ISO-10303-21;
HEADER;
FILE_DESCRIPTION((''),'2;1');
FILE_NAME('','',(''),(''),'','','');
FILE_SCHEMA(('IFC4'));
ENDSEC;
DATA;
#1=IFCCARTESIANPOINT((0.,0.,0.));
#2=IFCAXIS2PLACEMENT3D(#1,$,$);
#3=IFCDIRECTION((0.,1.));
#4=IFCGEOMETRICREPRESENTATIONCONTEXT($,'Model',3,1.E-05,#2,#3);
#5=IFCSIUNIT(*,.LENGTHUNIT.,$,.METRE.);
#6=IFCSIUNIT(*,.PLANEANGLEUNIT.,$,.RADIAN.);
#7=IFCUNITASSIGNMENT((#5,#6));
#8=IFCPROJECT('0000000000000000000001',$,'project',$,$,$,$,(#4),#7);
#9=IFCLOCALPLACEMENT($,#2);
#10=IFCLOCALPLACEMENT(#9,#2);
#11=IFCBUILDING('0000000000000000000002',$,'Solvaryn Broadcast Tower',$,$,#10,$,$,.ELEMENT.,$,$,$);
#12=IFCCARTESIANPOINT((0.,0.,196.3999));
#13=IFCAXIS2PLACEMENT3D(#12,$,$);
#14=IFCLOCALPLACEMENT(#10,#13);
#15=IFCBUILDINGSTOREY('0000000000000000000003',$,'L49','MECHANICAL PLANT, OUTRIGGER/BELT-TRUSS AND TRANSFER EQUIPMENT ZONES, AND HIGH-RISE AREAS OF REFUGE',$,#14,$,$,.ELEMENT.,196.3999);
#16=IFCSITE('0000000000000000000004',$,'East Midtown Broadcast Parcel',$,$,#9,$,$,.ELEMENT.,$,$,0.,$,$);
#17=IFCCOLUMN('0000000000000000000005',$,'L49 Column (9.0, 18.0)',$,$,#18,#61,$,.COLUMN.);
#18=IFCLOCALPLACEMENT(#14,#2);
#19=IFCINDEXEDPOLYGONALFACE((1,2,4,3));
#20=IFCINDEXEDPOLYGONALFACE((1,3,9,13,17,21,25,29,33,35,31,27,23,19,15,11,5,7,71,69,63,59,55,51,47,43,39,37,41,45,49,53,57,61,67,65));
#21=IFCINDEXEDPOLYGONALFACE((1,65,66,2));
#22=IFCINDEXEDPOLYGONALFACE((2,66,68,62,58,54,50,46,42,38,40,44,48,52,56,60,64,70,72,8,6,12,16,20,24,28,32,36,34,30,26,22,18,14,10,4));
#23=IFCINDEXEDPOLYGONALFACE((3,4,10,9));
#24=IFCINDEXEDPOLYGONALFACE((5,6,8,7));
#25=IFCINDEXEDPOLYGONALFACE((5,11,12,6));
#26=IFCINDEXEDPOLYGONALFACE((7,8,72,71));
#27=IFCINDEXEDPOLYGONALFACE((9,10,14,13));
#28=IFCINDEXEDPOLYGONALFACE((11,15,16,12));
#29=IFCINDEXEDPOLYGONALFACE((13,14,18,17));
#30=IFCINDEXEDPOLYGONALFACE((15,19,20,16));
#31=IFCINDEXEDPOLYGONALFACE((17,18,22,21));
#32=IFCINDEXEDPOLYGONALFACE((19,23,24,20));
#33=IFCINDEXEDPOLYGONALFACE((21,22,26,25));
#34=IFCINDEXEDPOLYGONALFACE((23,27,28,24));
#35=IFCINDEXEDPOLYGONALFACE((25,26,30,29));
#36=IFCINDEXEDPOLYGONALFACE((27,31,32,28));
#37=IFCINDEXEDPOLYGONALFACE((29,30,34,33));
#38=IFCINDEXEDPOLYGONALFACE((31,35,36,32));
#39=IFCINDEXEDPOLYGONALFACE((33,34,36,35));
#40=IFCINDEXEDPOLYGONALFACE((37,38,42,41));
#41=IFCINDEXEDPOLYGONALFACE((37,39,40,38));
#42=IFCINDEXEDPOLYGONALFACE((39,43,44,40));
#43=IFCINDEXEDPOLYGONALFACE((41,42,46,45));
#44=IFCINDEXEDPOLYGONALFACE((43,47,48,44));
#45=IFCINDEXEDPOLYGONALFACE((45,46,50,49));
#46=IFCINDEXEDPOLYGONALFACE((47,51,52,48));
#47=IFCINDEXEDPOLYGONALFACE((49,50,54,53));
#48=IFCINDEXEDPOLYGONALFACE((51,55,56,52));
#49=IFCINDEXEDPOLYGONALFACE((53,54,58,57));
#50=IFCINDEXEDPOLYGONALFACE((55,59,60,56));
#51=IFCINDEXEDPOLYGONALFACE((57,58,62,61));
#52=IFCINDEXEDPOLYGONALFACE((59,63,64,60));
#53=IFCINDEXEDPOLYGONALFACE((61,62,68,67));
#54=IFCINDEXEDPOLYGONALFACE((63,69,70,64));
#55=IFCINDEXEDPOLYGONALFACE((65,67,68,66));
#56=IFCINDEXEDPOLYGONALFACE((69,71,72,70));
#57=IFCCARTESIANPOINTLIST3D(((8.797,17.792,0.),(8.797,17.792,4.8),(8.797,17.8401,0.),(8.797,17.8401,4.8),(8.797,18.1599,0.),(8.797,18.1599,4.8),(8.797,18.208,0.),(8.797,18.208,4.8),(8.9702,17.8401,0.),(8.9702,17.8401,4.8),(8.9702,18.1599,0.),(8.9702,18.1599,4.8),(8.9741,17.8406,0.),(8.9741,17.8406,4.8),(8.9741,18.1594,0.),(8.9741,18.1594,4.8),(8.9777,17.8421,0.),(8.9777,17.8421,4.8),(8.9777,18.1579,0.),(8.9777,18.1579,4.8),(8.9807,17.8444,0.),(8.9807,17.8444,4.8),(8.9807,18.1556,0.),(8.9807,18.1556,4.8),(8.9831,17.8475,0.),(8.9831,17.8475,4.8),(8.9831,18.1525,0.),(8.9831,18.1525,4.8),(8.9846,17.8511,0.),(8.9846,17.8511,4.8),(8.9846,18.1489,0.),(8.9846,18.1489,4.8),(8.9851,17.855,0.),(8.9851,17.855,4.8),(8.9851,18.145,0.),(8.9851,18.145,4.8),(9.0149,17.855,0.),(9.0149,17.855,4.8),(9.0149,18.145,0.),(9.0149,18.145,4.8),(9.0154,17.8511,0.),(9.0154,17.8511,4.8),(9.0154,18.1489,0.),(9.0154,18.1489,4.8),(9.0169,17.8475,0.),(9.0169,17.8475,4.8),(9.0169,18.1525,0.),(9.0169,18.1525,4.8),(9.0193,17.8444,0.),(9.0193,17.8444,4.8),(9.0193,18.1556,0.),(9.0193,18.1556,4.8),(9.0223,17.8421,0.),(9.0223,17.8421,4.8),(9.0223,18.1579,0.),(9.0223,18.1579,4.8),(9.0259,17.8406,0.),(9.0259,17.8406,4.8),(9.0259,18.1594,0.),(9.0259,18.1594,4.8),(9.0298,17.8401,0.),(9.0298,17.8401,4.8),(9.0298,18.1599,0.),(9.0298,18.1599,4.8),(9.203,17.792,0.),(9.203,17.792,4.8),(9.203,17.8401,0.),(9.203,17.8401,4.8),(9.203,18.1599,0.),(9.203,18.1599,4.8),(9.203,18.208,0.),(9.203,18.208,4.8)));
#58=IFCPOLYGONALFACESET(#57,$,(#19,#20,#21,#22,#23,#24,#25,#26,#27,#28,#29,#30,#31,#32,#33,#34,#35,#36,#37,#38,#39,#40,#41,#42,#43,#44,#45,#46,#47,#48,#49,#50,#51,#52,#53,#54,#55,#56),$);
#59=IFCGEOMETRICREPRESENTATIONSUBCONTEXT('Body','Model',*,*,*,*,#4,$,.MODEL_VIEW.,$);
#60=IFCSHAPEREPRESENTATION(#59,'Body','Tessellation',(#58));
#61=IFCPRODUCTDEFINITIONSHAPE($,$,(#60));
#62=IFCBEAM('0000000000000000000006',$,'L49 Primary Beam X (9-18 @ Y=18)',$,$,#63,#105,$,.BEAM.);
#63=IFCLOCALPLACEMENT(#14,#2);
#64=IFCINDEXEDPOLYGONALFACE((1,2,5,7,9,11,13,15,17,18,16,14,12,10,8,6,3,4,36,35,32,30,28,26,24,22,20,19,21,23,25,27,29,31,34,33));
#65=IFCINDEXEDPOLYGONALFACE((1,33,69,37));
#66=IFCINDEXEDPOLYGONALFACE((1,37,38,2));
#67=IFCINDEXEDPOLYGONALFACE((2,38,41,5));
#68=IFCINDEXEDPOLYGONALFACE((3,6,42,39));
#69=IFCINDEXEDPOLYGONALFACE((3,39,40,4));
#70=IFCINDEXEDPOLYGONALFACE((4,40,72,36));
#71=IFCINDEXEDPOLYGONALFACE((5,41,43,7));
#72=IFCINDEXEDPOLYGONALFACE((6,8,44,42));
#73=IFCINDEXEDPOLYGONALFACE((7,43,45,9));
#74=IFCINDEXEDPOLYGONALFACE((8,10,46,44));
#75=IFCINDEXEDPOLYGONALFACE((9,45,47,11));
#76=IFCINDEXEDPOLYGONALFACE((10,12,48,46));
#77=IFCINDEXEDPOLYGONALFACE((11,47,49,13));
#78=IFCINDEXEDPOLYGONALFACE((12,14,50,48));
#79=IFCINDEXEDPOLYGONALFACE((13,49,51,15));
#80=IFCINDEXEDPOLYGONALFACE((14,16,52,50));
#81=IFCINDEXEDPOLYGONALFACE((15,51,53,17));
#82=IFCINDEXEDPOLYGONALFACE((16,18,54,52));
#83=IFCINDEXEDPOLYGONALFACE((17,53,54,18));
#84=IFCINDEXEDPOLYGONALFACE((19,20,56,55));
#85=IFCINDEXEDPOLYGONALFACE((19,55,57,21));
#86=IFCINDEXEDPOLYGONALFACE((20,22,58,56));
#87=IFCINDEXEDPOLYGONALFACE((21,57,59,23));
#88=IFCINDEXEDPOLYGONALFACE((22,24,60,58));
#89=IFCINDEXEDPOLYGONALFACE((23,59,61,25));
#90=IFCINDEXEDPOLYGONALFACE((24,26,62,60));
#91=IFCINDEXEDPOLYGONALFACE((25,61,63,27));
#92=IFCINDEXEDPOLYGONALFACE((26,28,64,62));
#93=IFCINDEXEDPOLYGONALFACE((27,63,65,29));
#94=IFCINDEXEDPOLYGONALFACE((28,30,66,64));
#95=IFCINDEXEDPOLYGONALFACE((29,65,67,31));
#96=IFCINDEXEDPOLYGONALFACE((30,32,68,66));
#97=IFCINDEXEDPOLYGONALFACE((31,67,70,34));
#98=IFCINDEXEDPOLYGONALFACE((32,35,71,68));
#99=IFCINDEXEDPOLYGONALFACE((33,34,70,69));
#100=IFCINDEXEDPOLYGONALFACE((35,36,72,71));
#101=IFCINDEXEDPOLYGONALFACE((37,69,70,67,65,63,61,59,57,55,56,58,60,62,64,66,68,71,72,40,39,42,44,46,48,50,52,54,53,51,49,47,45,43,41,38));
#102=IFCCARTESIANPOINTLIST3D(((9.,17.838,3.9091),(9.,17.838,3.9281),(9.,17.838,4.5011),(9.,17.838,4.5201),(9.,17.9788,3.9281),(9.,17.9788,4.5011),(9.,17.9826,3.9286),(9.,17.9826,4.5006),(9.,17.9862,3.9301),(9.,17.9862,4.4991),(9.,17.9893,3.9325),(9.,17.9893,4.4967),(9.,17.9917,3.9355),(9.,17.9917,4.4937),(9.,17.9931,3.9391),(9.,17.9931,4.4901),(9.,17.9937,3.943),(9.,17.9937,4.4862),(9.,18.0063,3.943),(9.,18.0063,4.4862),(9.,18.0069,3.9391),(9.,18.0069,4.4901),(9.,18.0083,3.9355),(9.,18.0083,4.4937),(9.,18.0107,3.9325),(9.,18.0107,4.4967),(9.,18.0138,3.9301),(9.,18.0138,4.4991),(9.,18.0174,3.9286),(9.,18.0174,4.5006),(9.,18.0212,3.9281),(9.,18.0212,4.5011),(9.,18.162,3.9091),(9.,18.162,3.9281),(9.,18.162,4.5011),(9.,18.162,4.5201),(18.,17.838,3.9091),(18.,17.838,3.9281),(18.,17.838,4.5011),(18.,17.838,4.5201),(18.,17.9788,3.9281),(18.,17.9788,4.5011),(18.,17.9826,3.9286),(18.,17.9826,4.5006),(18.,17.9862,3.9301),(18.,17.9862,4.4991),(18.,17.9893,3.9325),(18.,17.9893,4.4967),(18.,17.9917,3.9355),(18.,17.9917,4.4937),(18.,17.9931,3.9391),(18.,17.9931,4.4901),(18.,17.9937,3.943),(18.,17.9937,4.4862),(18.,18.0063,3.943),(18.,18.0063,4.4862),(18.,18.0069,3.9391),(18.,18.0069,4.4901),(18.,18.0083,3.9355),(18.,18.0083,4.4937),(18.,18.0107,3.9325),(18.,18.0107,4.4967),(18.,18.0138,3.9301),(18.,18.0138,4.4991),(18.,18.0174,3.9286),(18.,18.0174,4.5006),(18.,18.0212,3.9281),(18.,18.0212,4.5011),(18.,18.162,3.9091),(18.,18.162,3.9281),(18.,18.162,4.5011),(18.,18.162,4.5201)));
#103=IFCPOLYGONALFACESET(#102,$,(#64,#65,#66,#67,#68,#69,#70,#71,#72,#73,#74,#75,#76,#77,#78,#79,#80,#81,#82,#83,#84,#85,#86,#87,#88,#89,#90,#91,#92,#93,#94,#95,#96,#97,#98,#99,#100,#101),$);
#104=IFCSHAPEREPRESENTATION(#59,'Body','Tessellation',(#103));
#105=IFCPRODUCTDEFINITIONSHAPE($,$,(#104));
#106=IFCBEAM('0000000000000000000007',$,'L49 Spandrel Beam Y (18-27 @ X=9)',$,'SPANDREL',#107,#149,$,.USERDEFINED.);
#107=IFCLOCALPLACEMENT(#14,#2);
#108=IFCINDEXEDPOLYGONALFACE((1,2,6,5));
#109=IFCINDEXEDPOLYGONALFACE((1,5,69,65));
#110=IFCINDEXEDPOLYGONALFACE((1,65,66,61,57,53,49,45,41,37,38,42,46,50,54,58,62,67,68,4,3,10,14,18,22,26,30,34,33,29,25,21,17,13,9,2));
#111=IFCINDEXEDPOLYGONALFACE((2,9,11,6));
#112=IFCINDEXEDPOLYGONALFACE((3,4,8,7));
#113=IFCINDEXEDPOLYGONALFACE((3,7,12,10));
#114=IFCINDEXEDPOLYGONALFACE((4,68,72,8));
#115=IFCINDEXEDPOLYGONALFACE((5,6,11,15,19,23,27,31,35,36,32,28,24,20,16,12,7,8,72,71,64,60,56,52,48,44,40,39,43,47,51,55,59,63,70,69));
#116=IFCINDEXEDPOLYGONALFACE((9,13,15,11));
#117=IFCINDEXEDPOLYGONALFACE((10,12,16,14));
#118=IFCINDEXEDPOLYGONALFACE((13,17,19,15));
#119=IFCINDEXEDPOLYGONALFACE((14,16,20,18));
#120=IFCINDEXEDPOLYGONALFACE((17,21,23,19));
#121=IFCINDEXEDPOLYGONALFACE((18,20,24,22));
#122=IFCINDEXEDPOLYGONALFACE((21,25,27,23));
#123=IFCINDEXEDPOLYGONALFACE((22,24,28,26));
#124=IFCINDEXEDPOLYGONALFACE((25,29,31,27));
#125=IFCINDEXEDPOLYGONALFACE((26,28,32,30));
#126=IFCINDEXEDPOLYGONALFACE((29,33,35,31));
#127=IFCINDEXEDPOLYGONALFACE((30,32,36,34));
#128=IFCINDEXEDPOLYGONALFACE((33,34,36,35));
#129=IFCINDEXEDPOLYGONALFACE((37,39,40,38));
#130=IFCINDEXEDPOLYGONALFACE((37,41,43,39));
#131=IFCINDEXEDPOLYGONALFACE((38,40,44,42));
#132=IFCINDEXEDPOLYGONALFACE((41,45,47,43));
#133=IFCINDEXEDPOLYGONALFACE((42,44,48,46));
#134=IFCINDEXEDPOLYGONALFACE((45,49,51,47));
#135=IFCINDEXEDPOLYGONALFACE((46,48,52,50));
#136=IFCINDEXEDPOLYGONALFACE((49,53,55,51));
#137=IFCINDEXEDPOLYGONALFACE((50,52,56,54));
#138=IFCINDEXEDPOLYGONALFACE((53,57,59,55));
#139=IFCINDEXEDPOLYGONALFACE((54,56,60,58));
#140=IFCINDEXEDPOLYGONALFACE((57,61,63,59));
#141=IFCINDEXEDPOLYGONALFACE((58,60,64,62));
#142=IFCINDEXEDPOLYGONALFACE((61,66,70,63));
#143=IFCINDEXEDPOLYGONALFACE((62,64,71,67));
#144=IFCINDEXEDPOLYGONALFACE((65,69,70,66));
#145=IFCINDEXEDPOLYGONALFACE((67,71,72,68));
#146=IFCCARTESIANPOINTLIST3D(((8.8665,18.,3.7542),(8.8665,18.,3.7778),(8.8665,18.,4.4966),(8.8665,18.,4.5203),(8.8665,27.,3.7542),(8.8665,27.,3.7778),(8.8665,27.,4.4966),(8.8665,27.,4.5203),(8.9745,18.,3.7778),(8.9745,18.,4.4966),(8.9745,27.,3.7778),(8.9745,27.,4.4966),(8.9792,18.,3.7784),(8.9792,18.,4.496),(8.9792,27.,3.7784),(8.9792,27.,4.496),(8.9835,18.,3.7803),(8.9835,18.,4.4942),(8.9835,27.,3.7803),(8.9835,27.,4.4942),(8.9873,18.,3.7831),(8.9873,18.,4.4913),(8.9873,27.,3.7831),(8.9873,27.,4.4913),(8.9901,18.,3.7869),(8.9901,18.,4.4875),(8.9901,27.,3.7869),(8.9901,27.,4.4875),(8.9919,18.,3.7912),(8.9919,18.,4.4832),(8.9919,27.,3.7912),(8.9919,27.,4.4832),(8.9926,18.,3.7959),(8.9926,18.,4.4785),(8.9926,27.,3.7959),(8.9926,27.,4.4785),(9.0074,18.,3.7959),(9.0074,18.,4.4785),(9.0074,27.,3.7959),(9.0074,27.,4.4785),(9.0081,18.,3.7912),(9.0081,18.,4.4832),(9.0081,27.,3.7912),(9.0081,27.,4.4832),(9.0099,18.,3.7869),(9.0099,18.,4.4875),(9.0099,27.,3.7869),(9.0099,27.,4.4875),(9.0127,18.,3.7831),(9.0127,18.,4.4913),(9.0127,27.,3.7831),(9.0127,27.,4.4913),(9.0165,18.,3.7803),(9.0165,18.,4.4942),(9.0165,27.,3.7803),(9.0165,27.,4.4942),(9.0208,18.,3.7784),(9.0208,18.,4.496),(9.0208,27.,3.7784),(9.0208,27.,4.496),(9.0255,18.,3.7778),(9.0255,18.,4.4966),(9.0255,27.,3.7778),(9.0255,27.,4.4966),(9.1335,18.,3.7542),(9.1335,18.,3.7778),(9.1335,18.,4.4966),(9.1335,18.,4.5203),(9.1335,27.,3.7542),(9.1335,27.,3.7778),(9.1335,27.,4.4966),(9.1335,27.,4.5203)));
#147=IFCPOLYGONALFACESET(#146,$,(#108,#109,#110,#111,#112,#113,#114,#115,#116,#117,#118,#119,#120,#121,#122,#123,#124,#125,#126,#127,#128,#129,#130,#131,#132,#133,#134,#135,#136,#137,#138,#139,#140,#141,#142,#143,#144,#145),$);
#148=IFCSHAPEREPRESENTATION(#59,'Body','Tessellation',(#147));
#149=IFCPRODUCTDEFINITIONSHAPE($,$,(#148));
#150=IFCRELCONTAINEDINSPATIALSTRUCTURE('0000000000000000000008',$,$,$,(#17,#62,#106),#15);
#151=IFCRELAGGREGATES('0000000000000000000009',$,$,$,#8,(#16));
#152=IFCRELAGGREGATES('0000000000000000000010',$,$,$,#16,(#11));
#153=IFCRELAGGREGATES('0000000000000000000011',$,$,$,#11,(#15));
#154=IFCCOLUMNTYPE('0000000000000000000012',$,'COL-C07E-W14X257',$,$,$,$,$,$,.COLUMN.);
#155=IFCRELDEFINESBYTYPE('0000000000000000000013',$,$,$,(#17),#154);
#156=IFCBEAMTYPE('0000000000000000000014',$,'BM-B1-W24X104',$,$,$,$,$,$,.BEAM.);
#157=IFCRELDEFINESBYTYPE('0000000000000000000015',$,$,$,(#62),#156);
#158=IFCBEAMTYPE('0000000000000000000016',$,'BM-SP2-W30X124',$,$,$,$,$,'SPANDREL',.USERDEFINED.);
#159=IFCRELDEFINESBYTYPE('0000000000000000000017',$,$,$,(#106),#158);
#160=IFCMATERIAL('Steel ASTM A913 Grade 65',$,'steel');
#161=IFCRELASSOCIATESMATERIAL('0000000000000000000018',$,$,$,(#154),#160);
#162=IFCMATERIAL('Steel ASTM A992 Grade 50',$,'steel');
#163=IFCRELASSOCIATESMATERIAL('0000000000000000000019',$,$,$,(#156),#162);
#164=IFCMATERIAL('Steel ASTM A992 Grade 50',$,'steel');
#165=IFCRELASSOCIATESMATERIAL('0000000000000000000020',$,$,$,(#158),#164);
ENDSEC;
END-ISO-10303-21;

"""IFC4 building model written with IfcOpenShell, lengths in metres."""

from ifc_helpers import new_model, si_unit, direction, frame, origin, origin_2d, place, context, subcontext, project, spatial, i_section, extrude, material, material_profile, profile_set, type_object, element, save


model = new_model("IFC4")

# Units and contexts
model_context = context("Model", 3, precision=1e-05, world=origin(), true_north=direction((0.0, 1.0)))
body_context = subcontext(model_context, "Body", "Model", "MODEL_VIEW")
ifc_project = project(units=[si_unit("LENGTHUNIT", "METRE"), si_unit("PLANEANGLEUNIT", "RADIAN")], contexts=[model_context])

# Site, building, storey
site_placement = place(None, origin())
site = spatial("IfcSite", under=ifc_project, at=site_placement, Name="East Midtown Broadcast Parcel", CompositionType="ELEMENT", RefElevation=0.0)
building_placement = place(site_placement, origin())
building = spatial("IfcBuilding", under=site, at=building_placement, Name="Solvaryn Broadcast Tower", CompositionType="ELEMENT")
storey_placement = place(building_placement, frame((0.0, 0.0, 196.3999)))
storey = spatial("IfcBuildingStorey", under=building, at=storey_placement, Name="L49", Description="MECHANICAL PLANT, OUTRIGGER/BELT-TRUSS AND TRANSFER EQUIPMENT ZONES, AND HIGH-RISE AREAS OF REFUGE", CompositionType="ELEMENT", Elevation=196.3999)

# Column
ifc_material_1 = material(Name="Steel ASTM A913 Grade 65", Category="steel")
ifc_material_profile_1 = material_profile(ifc_material_1, i_section(OverallWidth=0.406, OverallDepth=0.416, WebThickness=0.0298, FlangeThickness=0.0481, FilletRadius=0.0149, at=origin_2d()))
ifc_profile_set_1 = profile_set([ifc_material_profile_1], Name="Steel ASTM A913 Grade 65")
column_type = type_object("IfcColumnType", Name="COL-C07E-W14X257", PredefinedType="COLUMN", material=ifc_profile_set_1)
column_placement = place(storey_placement, frame((9.0, 18.0, 0.0), z_axis=(0.0, 0.0, 1.0), x_axis=(1.0, 0.0, 0.0)))
element("IfcColumn", 1, at=column_placement, inside=storey, type_object=column_type, Name="L49 Column (9.0, 18.0)", PredefinedType="COLUMN", context=body_context, shape_type="SweptSolid", body=[
    extrude(i_section(OverallWidth=0.406, OverallDepth=0.416, WebThickness=0.0298, FlangeThickness=0.0481, FilletRadius=0.0149, at=origin_2d()), origin(), (0.0, 0.0, 1.0), 4.8),
])

# Beams
ifc_material_2 = material(Name="Steel ASTM A992 Grade 50", Category="steel")
ifc_material_profile_2 = material_profile(ifc_material_2, i_section(OverallWidth=0.324, OverallDepth=0.6111, WebThickness=0.0127, FlangeThickness=0.019, FilletRadius=0.0149, at=origin_2d()))
ifc_profile_set_2 = profile_set([ifc_material_profile_2], Name="Steel ASTM A992 Grade 50")
beam_type_1 = type_object("IfcBeamType", Name="BM-B1-W24X104", PredefinedType="BEAM", material=ifc_profile_set_2)
beam_1_placement = place(storey_placement, frame((9.0, 18.0, 4.2146), z_axis=(1.0, 0.0, 0.0), x_axis=(0.0, 1.0, 0.0)))
element("IfcBeam", 2, at=beam_1_placement, inside=storey, type_object=beam_type_1, Name="L49 Primary Beam X (9-18 @ Y=18)", PredefinedType="BEAM", context=body_context, shape_type="SweptSolid", body=[
    extrude(i_section(OverallWidth=0.324, OverallDepth=0.6111, WebThickness=0.0127, FlangeThickness=0.019, FilletRadius=0.0149, at=origin_2d()), origin(), (0.0, 0.0, 1.0), 9.0),
])
ifc_material_3 = material(Name="Steel ASTM A992 Grade 50", Category="steel")
ifc_material_profile_3 = material_profile(ifc_material_3, i_section(OverallWidth=0.2671, OverallDepth=0.7661, WebThickness=0.0149, FlangeThickness=0.0237, FilletRadius=0.0181, at=origin_2d()))
ifc_profile_set_3 = profile_set([ifc_material_profile_3], Name="Steel ASTM A992 Grade 50")
beam_type_2 = type_object("IfcBeamType", Name="BM-SP2-W30X124", ElementType="SPANDREL", PredefinedType="USERDEFINED", material=ifc_profile_set_3)
beam_2_placement = place(storey_placement, frame((9.0, 18.0, 4.1372), z_axis=(0.0, 1.0, 0.0), x_axis=(-1.0, 0.0, 0.0)))
element("IfcBeam", 3, at=beam_2_placement, inside=storey, type_object=beam_type_2, Name="L49 Spandrel Beam Y (18-27 @ X=9)", ObjectType="SPANDREL", PredefinedType="USERDEFINED", context=body_context, shape_type="SweptSolid", body=[
    extrude(i_section(OverallWidth=0.2671, OverallDepth=0.7661, WebThickness=0.0149, FlangeThickness=0.0237, FilletRadius=0.0181, at=origin_2d()), origin(), (0.0, 0.0, 1.0), 9.0),
])

save(model, "model.ifc")
